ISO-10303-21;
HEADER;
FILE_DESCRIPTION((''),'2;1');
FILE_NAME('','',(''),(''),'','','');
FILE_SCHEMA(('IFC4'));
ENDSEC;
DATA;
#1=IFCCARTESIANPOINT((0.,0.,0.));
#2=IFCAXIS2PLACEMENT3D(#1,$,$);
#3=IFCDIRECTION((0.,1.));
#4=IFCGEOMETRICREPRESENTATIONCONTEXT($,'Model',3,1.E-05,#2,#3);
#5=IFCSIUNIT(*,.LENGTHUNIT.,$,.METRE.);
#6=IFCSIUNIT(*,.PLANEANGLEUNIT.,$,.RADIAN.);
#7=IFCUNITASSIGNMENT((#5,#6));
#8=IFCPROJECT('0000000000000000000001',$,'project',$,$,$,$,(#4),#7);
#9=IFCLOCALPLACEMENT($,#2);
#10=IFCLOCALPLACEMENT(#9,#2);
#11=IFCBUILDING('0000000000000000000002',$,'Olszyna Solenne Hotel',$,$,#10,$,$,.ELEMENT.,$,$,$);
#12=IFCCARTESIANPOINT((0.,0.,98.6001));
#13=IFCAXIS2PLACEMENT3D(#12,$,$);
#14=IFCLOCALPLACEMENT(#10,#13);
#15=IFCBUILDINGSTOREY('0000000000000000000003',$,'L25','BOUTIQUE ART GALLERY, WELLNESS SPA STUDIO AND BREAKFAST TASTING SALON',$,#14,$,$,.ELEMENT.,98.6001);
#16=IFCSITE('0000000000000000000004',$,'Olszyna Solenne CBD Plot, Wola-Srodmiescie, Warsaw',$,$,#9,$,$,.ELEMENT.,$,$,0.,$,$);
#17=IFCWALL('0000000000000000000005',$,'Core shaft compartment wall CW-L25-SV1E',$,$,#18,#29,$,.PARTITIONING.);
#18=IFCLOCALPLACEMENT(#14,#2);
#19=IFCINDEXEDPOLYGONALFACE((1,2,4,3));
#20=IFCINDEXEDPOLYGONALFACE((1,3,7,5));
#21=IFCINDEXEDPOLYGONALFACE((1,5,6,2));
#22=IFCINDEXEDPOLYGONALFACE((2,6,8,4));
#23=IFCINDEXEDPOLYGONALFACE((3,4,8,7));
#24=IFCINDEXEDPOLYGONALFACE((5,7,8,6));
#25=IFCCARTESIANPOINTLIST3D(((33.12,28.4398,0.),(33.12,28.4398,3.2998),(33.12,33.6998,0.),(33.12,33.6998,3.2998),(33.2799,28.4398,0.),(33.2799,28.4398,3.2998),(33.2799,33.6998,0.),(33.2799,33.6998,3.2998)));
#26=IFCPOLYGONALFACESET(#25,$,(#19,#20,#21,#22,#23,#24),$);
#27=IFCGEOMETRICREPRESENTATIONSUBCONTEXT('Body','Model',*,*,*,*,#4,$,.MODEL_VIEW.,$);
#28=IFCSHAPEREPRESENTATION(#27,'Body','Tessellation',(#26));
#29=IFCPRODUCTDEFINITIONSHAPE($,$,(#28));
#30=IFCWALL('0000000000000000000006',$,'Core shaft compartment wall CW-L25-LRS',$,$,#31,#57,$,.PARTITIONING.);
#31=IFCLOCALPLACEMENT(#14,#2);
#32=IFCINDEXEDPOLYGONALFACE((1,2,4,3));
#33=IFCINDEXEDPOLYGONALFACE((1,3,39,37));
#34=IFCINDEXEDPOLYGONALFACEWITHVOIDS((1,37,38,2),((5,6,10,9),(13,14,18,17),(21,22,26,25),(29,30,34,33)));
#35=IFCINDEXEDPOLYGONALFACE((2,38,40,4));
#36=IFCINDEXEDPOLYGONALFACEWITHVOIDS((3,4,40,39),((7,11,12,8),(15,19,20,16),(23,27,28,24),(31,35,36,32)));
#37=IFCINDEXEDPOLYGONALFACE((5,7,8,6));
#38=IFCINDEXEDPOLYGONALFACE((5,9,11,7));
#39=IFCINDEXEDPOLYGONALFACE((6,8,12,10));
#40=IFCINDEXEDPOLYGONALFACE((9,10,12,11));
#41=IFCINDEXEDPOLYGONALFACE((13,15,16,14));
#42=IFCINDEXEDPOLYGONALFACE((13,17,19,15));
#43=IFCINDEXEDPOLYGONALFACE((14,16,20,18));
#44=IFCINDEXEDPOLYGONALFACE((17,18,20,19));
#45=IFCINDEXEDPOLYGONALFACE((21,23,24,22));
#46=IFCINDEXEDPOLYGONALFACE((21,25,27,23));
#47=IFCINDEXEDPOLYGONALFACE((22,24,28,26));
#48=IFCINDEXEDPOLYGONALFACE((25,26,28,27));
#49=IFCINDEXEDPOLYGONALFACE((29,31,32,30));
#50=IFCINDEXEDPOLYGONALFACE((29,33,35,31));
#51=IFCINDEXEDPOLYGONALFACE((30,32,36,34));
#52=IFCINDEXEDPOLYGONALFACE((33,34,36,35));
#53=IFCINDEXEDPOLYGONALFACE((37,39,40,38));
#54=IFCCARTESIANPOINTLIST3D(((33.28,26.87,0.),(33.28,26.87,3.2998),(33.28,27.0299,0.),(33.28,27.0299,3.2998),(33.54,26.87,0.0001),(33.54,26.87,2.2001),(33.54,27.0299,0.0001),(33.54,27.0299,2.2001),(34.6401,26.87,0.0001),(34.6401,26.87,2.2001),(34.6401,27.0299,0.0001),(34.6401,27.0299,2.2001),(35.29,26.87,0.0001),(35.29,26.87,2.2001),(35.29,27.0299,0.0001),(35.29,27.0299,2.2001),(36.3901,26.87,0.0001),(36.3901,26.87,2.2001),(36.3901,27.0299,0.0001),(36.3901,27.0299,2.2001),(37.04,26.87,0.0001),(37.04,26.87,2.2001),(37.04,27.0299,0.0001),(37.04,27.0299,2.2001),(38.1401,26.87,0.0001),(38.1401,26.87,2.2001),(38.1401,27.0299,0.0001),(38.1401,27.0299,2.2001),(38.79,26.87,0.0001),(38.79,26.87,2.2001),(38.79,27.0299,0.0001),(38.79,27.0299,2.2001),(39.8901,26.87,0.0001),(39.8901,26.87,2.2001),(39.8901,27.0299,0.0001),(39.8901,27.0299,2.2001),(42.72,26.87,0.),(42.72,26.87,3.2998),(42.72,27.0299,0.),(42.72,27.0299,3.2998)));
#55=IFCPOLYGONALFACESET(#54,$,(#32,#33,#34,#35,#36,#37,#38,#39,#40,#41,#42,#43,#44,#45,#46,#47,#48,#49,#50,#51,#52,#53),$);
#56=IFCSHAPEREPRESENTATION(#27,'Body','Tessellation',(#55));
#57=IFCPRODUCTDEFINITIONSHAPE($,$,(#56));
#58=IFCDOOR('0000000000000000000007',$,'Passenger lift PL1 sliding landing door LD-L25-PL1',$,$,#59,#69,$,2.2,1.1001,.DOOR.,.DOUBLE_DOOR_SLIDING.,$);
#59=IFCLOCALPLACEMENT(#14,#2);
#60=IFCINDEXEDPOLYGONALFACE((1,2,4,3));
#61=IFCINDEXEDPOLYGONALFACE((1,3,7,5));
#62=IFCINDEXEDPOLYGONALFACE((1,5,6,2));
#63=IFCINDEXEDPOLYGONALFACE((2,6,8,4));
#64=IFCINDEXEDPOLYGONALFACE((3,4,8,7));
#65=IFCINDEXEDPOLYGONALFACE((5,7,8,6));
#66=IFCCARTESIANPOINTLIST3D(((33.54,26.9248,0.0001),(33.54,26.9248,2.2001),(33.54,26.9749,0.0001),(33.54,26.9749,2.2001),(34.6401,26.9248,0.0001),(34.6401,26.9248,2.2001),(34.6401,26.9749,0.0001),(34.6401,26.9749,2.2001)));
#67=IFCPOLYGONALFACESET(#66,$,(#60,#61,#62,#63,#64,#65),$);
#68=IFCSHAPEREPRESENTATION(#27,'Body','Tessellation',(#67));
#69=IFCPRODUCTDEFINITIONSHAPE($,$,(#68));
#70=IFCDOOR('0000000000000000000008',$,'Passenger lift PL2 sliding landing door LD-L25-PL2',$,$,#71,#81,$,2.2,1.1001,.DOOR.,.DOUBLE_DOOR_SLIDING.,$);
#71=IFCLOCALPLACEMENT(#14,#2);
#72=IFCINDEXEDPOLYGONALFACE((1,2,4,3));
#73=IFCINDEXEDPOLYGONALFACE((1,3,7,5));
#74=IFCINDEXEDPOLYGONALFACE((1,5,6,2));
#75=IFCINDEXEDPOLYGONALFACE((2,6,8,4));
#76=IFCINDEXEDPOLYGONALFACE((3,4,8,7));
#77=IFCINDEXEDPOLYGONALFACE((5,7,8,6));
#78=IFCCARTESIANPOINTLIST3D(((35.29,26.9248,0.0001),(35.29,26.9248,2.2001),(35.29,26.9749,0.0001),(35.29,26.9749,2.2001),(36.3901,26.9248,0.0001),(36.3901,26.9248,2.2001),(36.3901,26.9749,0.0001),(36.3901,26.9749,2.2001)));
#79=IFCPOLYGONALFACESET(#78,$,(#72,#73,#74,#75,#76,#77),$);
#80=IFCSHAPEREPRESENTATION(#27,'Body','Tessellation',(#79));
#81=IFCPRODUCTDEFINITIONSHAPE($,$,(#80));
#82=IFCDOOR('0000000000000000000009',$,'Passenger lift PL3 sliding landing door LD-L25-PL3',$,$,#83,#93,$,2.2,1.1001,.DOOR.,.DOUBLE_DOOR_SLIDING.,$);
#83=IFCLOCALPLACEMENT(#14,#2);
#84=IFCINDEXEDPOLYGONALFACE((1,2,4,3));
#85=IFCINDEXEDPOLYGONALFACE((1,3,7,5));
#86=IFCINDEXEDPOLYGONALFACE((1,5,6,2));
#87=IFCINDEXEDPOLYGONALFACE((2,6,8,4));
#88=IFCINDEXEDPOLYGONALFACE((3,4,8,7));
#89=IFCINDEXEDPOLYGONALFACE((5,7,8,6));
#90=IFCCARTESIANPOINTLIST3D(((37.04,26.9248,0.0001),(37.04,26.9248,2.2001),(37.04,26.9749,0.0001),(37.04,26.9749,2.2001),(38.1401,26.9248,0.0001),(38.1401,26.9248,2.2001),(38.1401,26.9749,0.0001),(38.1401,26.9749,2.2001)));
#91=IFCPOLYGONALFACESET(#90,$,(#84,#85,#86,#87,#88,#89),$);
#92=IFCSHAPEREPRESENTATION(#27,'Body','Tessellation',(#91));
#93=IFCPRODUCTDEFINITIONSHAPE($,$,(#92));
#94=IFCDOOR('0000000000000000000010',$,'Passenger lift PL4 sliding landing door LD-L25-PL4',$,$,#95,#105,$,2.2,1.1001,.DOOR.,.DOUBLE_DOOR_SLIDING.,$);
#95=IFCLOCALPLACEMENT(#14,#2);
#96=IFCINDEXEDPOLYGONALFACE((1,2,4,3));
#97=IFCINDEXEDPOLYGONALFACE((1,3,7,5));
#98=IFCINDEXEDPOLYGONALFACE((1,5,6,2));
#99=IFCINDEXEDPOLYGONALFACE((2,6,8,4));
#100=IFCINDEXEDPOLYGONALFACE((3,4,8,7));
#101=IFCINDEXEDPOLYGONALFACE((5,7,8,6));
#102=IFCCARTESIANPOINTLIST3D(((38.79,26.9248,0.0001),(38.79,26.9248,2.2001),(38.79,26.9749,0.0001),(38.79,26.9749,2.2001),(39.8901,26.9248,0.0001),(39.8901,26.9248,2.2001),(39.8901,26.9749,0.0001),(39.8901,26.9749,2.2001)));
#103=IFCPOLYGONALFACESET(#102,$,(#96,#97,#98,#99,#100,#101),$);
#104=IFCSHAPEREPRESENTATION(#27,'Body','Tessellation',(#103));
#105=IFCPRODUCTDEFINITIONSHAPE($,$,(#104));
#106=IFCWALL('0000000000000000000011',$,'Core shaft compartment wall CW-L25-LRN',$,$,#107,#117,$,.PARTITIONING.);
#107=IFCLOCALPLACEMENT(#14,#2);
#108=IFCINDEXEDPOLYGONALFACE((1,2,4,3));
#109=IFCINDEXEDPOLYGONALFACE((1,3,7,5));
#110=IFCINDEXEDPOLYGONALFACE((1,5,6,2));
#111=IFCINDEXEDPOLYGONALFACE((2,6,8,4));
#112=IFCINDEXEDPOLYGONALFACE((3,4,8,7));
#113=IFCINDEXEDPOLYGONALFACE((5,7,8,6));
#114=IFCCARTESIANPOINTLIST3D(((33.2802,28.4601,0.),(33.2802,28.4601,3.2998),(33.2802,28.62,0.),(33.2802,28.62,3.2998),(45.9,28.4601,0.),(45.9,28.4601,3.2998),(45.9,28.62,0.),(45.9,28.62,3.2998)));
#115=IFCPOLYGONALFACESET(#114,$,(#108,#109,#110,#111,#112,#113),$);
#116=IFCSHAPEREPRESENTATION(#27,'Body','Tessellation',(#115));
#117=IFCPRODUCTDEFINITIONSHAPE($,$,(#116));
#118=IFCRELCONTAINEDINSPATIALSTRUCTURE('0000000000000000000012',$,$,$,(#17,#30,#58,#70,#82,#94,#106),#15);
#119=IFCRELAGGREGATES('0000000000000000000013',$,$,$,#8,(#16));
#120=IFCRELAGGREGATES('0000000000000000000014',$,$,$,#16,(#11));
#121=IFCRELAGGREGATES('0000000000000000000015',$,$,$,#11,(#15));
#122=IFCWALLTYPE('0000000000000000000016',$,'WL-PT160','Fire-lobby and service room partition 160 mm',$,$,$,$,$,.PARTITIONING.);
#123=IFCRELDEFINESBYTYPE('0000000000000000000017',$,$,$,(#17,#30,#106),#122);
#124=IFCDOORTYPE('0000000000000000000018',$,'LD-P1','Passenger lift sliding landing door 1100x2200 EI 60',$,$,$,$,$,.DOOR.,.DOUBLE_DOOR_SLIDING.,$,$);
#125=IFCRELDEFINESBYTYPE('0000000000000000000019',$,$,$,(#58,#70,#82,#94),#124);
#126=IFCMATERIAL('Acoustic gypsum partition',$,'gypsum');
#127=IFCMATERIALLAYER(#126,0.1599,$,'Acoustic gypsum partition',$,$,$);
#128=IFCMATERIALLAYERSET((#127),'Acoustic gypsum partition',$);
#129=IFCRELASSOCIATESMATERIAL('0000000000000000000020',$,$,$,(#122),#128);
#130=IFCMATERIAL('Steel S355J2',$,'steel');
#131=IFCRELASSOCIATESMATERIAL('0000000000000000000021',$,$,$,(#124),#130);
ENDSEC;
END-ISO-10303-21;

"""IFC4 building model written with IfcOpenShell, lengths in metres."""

from ifc_helpers import new_model, si_unit, direction, frame, frame_2d, origin, place, context, subcontext, project, spatial, rectangle, extrude, source, transform, mapped, material, layer, layer_set, type_object, type_shapes, element, fill, save


model = new_model("IFC4")

# Units and contexts
model_context = context("Model", 3, precision=1e-05, world=origin(), true_north=direction((0.0, 1.0)))
body_context = subcontext(model_context, "Body", "Model", "MODEL_VIEW")
ifc_project = project(units=[si_unit("LENGTHUNIT", "METRE"), si_unit("PLANEANGLEUNIT", "RADIAN")], contexts=[model_context])

# Site, building, storey
site_placement = place(None, origin())
site = spatial("IfcSite", under=ifc_project, at=site_placement, Name="Olszyna Solenne CBD Plot, Wola-Srodmiescie, Warsaw", CompositionType="ELEMENT", RefElevation=0.0)
building_placement = place(site_placement, origin())
building = spatial("IfcBuilding", under=site, at=building_placement, Name="Olszyna Solenne Hotel", CompositionType="ELEMENT")
storey_placement = place(building_placement, frame((0.0, 0.0, 98.6001)))
storey = spatial("IfcBuildingStorey", under=building, at=storey_placement, Name="L25", Description="BOUTIQUE ART GALLERY, WELLNESS SPA STUDIO AND BREAKFAST TASTING SALON", CompositionType="ELEMENT", Elevation=98.6001)

# Shared definitions
ifc_material_1 = material(Name="Steel S355J2", Category="steel")

# Shared definitions
ifc_material_2 = material(Name="Acoustic gypsum partition", Category="gypsum")

# Shared definitions
ifc_layer_1 = layer(ifc_material_2, 0.1599, Name="Acoustic gypsum partition")
ifc_layer_set_1 = layer_set([ifc_layer_1], Name="Acoustic gypsum partition")
wall_type_1 = type_object("IfcWallType", Name="WL-PT160", Description="Fire-lobby and service room partition 160 mm", PredefinedType="PARTITIONING", material=ifc_layer_set_1)

# Wall
wall_1_placement = place(storey_placement, frame((33.2, 28.4399, 0.0), z_axis=(0.0, 0.0, 1.0), x_axis=(0.0, 1.0, 0.0)))
element("IfcWall", 1, at=wall_1_placement, inside=storey, type_object=wall_type_1, Name="Core shaft compartment wall CW-L25-SV1E", PredefinedType="PARTITIONING", context=body_context, shape_type="SweptSolid", body=[
    extrude(rectangle(XDim=5.26, YDim=0.1599, at=frame_2d((2.6299, 0.0))), origin(), (0.0, 0.0, 1.0), 3.2998),
])

# Wall, openings, doors
wall_2_placement = place(storey_placement, frame((33.28, 26.95, 0.0), z_axis=(0.0, 0.0, 1.0), x_axis=(1.0, 0.0, 0.0)))
wall_2 = element("IfcWall", 2, at=wall_2_placement, inside=storey, type_object=wall_type_1, Name="Core shaft compartment wall CW-L25-LRS", PredefinedType="PARTITIONING", context=body_context, shape_type="SweptSolid", body=[
    extrude(rectangle(XDim=9.4399, YDim=0.1599, at=frame_2d((4.72, 0.0))), origin(), (0.0, 0.0, 1.0), 3.2998),
])
opening_1_placement = place(wall_2_placement, frame((0.26, 0.0, 0.0)))
opening_1 = element("IfcOpeningElement", 3, at=opening_1_placement, cuts=wall_2, PredefinedType="OPENING", context=body_context, shape_type="SweptSolid", body=[
    extrude(rectangle(XDim=1.1001, YDim=2.2, at=frame_2d((0.55, 1.1001))), frame((0.0, 0.0898, 0.0), z_axis=(0.0, -1.0, 0.0), x_axis=(1.0, 0.0, 0.0)), (0.0, 0.0, 1.0), 0.1799),
])
opening_2_placement = place(wall_2_placement, frame((2.01, 0.0, 0.0)))
opening_2 = element("IfcOpeningElement", 4, at=opening_2_placement, cuts=wall_2, PredefinedType="OPENING", context=body_context, shape_type="SweptSolid", body=[
    extrude(rectangle(XDim=1.1001, YDim=2.2, at=frame_2d((0.55, 1.1001))), frame((0.0, 0.0898, 0.0), z_axis=(0.0, -1.0, 0.0), x_axis=(1.0, 0.0, 0.0)), (0.0, 0.0, 1.0), 0.1799),
])
opening_3_placement = place(wall_2_placement, frame((3.76, 0.0, 0.0)))
opening_3 = element("IfcOpeningElement", 5, at=opening_3_placement, cuts=wall_2, PredefinedType="OPENING", context=body_context, shape_type="SweptSolid", body=[
    extrude(rectangle(XDim=1.1001, YDim=2.2, at=frame_2d((0.55, 1.1001))), frame((0.0, 0.0898, 0.0), z_axis=(0.0, -1.0, 0.0), x_axis=(1.0, 0.0, 0.0)), (0.0, 0.0, 1.0), 0.1799),
])
opening_4_placement = place(wall_2_placement, frame((5.51, 0.0, 0.0)))
opening_4 = element("IfcOpeningElement", 6, at=opening_4_placement, cuts=wall_2, PredefinedType="OPENING", context=body_context, shape_type="SweptSolid", body=[
    extrude(rectangle(XDim=1.1001, YDim=2.2, at=frame_2d((0.55, 1.1001))), frame((0.0, 0.0898, 0.0), z_axis=(0.0, -1.0, 0.0), x_axis=(1.0, 0.0, 0.0)), (0.0, 0.0, 1.0), 0.1799),
])
door_type_1 = type_object("IfcDoorType", Name="LD-P1", Description="Passenger lift sliding landing door 1100x2200 EI 60", OperationType="DOUBLE_DOOR_SLIDING", PredefinedType="DOOR", material=ifc_material_1)
shared_shape_1 = source(origin(), body_context, "Body", "SweptSolid", [
    extrude(rectangle(XDim=1.1001, YDim=2.2, at=frame_2d((0.55, 1.1001))), frame((0.0, 0.0249, 0.0), z_axis=(0.0, -1.0, 0.0), x_axis=(1.0, 0.0, 0.0)), (0.0, 0.0, 1.0), 0.05),
])
type_shapes(door_type_1, [shared_shape_1])
door_1_placement = place(opening_1_placement, origin())
door_1 = element("IfcDoor", 7, at=door_1_placement, inside=storey, type_object=door_type_1, Name="Passenger lift PL1 sliding landing door LD-L25-PL1", OperationType="DOUBLE_DOOR_SLIDING", OverallHeight=2.2, OverallWidth=1.1001, PredefinedType="DOOR", context=body_context, shape_type="MappedRepresentation", body=[
    mapped(shared_shape_1, transform((0.0, 0.0, 0.0), x_axis=(1.0, 0.0, 0.0), y_axis=(0.0, 1.0, 0.0), z_axis=(0.0, 0.0, 1.0), scale=1.0)),
])
fill(opening_1, door_1)
door_2_placement = place(opening_2_placement, origin())
door_2 = element("IfcDoor", 8, at=door_2_placement, inside=storey, type_object=door_type_1, Name="Passenger lift PL2 sliding landing door LD-L25-PL2", OperationType="DOUBLE_DOOR_SLIDING", OverallHeight=2.2, OverallWidth=1.1001, PredefinedType="DOOR", context=body_context, shape_type="MappedRepresentation", body=[
    mapped(shared_shape_1, transform((0.0, 0.0, 0.0), x_axis=(1.0, 0.0, 0.0), y_axis=(0.0, 1.0, 0.0), z_axis=(0.0, 0.0, 1.0), scale=1.0)),
])
fill(opening_2, door_2)
door_3_placement = place(opening_3_placement, origin())
door_3 = element("IfcDoor", 9, at=door_3_placement, inside=storey, type_object=door_type_1, Name="Passenger lift PL3 sliding landing door LD-L25-PL3", OperationType="DOUBLE_DOOR_SLIDING", OverallHeight=2.2, OverallWidth=1.1001, PredefinedType="DOOR", context=body_context, shape_type="MappedRepresentation", body=[
    mapped(shared_shape_1, transform((0.0, 0.0, 0.0), x_axis=(1.0, 0.0, 0.0), y_axis=(0.0, 1.0, 0.0), z_axis=(0.0, 0.0, 1.0), scale=1.0)),
])
fill(opening_3, door_3)
door_4_placement = place(opening_4_placement, origin())
door_4 = element("IfcDoor", 10, at=door_4_placement, inside=storey, type_object=door_type_1, Name="Passenger lift PL4 sliding landing door LD-L25-PL4", OperationType="DOUBLE_DOOR_SLIDING", OverallHeight=2.2, OverallWidth=1.1001, PredefinedType="DOOR", context=body_context, shape_type="MappedRepresentation", body=[
    mapped(shared_shape_1, transform((0.0, 0.0, 0.0), x_axis=(1.0, 0.0, 0.0), y_axis=(0.0, 1.0, 0.0), z_axis=(0.0, 0.0, 1.0), scale=1.0)),
])
fill(opening_4, door_4)

# Wall
wall_3_placement = place(storey_placement, frame((33.28, 28.54, 0.0), z_axis=(0.0, 0.0, 1.0), x_axis=(1.0, 0.0, 0.0)))
element("IfcWall", 11, at=wall_3_placement, inside=storey, type_object=wall_type_1, Name="Core shaft compartment wall CW-L25-LRN", PredefinedType="PARTITIONING", context=body_context, shape_type="SweptSolid", body=[
    extrude(rectangle(XDim=12.6199, YDim=0.1599, at=frame_2d((6.3101, 0.0))), origin(), (0.0, 0.0, 1.0), 3.2998),
])

save(model, "model.ifc")
